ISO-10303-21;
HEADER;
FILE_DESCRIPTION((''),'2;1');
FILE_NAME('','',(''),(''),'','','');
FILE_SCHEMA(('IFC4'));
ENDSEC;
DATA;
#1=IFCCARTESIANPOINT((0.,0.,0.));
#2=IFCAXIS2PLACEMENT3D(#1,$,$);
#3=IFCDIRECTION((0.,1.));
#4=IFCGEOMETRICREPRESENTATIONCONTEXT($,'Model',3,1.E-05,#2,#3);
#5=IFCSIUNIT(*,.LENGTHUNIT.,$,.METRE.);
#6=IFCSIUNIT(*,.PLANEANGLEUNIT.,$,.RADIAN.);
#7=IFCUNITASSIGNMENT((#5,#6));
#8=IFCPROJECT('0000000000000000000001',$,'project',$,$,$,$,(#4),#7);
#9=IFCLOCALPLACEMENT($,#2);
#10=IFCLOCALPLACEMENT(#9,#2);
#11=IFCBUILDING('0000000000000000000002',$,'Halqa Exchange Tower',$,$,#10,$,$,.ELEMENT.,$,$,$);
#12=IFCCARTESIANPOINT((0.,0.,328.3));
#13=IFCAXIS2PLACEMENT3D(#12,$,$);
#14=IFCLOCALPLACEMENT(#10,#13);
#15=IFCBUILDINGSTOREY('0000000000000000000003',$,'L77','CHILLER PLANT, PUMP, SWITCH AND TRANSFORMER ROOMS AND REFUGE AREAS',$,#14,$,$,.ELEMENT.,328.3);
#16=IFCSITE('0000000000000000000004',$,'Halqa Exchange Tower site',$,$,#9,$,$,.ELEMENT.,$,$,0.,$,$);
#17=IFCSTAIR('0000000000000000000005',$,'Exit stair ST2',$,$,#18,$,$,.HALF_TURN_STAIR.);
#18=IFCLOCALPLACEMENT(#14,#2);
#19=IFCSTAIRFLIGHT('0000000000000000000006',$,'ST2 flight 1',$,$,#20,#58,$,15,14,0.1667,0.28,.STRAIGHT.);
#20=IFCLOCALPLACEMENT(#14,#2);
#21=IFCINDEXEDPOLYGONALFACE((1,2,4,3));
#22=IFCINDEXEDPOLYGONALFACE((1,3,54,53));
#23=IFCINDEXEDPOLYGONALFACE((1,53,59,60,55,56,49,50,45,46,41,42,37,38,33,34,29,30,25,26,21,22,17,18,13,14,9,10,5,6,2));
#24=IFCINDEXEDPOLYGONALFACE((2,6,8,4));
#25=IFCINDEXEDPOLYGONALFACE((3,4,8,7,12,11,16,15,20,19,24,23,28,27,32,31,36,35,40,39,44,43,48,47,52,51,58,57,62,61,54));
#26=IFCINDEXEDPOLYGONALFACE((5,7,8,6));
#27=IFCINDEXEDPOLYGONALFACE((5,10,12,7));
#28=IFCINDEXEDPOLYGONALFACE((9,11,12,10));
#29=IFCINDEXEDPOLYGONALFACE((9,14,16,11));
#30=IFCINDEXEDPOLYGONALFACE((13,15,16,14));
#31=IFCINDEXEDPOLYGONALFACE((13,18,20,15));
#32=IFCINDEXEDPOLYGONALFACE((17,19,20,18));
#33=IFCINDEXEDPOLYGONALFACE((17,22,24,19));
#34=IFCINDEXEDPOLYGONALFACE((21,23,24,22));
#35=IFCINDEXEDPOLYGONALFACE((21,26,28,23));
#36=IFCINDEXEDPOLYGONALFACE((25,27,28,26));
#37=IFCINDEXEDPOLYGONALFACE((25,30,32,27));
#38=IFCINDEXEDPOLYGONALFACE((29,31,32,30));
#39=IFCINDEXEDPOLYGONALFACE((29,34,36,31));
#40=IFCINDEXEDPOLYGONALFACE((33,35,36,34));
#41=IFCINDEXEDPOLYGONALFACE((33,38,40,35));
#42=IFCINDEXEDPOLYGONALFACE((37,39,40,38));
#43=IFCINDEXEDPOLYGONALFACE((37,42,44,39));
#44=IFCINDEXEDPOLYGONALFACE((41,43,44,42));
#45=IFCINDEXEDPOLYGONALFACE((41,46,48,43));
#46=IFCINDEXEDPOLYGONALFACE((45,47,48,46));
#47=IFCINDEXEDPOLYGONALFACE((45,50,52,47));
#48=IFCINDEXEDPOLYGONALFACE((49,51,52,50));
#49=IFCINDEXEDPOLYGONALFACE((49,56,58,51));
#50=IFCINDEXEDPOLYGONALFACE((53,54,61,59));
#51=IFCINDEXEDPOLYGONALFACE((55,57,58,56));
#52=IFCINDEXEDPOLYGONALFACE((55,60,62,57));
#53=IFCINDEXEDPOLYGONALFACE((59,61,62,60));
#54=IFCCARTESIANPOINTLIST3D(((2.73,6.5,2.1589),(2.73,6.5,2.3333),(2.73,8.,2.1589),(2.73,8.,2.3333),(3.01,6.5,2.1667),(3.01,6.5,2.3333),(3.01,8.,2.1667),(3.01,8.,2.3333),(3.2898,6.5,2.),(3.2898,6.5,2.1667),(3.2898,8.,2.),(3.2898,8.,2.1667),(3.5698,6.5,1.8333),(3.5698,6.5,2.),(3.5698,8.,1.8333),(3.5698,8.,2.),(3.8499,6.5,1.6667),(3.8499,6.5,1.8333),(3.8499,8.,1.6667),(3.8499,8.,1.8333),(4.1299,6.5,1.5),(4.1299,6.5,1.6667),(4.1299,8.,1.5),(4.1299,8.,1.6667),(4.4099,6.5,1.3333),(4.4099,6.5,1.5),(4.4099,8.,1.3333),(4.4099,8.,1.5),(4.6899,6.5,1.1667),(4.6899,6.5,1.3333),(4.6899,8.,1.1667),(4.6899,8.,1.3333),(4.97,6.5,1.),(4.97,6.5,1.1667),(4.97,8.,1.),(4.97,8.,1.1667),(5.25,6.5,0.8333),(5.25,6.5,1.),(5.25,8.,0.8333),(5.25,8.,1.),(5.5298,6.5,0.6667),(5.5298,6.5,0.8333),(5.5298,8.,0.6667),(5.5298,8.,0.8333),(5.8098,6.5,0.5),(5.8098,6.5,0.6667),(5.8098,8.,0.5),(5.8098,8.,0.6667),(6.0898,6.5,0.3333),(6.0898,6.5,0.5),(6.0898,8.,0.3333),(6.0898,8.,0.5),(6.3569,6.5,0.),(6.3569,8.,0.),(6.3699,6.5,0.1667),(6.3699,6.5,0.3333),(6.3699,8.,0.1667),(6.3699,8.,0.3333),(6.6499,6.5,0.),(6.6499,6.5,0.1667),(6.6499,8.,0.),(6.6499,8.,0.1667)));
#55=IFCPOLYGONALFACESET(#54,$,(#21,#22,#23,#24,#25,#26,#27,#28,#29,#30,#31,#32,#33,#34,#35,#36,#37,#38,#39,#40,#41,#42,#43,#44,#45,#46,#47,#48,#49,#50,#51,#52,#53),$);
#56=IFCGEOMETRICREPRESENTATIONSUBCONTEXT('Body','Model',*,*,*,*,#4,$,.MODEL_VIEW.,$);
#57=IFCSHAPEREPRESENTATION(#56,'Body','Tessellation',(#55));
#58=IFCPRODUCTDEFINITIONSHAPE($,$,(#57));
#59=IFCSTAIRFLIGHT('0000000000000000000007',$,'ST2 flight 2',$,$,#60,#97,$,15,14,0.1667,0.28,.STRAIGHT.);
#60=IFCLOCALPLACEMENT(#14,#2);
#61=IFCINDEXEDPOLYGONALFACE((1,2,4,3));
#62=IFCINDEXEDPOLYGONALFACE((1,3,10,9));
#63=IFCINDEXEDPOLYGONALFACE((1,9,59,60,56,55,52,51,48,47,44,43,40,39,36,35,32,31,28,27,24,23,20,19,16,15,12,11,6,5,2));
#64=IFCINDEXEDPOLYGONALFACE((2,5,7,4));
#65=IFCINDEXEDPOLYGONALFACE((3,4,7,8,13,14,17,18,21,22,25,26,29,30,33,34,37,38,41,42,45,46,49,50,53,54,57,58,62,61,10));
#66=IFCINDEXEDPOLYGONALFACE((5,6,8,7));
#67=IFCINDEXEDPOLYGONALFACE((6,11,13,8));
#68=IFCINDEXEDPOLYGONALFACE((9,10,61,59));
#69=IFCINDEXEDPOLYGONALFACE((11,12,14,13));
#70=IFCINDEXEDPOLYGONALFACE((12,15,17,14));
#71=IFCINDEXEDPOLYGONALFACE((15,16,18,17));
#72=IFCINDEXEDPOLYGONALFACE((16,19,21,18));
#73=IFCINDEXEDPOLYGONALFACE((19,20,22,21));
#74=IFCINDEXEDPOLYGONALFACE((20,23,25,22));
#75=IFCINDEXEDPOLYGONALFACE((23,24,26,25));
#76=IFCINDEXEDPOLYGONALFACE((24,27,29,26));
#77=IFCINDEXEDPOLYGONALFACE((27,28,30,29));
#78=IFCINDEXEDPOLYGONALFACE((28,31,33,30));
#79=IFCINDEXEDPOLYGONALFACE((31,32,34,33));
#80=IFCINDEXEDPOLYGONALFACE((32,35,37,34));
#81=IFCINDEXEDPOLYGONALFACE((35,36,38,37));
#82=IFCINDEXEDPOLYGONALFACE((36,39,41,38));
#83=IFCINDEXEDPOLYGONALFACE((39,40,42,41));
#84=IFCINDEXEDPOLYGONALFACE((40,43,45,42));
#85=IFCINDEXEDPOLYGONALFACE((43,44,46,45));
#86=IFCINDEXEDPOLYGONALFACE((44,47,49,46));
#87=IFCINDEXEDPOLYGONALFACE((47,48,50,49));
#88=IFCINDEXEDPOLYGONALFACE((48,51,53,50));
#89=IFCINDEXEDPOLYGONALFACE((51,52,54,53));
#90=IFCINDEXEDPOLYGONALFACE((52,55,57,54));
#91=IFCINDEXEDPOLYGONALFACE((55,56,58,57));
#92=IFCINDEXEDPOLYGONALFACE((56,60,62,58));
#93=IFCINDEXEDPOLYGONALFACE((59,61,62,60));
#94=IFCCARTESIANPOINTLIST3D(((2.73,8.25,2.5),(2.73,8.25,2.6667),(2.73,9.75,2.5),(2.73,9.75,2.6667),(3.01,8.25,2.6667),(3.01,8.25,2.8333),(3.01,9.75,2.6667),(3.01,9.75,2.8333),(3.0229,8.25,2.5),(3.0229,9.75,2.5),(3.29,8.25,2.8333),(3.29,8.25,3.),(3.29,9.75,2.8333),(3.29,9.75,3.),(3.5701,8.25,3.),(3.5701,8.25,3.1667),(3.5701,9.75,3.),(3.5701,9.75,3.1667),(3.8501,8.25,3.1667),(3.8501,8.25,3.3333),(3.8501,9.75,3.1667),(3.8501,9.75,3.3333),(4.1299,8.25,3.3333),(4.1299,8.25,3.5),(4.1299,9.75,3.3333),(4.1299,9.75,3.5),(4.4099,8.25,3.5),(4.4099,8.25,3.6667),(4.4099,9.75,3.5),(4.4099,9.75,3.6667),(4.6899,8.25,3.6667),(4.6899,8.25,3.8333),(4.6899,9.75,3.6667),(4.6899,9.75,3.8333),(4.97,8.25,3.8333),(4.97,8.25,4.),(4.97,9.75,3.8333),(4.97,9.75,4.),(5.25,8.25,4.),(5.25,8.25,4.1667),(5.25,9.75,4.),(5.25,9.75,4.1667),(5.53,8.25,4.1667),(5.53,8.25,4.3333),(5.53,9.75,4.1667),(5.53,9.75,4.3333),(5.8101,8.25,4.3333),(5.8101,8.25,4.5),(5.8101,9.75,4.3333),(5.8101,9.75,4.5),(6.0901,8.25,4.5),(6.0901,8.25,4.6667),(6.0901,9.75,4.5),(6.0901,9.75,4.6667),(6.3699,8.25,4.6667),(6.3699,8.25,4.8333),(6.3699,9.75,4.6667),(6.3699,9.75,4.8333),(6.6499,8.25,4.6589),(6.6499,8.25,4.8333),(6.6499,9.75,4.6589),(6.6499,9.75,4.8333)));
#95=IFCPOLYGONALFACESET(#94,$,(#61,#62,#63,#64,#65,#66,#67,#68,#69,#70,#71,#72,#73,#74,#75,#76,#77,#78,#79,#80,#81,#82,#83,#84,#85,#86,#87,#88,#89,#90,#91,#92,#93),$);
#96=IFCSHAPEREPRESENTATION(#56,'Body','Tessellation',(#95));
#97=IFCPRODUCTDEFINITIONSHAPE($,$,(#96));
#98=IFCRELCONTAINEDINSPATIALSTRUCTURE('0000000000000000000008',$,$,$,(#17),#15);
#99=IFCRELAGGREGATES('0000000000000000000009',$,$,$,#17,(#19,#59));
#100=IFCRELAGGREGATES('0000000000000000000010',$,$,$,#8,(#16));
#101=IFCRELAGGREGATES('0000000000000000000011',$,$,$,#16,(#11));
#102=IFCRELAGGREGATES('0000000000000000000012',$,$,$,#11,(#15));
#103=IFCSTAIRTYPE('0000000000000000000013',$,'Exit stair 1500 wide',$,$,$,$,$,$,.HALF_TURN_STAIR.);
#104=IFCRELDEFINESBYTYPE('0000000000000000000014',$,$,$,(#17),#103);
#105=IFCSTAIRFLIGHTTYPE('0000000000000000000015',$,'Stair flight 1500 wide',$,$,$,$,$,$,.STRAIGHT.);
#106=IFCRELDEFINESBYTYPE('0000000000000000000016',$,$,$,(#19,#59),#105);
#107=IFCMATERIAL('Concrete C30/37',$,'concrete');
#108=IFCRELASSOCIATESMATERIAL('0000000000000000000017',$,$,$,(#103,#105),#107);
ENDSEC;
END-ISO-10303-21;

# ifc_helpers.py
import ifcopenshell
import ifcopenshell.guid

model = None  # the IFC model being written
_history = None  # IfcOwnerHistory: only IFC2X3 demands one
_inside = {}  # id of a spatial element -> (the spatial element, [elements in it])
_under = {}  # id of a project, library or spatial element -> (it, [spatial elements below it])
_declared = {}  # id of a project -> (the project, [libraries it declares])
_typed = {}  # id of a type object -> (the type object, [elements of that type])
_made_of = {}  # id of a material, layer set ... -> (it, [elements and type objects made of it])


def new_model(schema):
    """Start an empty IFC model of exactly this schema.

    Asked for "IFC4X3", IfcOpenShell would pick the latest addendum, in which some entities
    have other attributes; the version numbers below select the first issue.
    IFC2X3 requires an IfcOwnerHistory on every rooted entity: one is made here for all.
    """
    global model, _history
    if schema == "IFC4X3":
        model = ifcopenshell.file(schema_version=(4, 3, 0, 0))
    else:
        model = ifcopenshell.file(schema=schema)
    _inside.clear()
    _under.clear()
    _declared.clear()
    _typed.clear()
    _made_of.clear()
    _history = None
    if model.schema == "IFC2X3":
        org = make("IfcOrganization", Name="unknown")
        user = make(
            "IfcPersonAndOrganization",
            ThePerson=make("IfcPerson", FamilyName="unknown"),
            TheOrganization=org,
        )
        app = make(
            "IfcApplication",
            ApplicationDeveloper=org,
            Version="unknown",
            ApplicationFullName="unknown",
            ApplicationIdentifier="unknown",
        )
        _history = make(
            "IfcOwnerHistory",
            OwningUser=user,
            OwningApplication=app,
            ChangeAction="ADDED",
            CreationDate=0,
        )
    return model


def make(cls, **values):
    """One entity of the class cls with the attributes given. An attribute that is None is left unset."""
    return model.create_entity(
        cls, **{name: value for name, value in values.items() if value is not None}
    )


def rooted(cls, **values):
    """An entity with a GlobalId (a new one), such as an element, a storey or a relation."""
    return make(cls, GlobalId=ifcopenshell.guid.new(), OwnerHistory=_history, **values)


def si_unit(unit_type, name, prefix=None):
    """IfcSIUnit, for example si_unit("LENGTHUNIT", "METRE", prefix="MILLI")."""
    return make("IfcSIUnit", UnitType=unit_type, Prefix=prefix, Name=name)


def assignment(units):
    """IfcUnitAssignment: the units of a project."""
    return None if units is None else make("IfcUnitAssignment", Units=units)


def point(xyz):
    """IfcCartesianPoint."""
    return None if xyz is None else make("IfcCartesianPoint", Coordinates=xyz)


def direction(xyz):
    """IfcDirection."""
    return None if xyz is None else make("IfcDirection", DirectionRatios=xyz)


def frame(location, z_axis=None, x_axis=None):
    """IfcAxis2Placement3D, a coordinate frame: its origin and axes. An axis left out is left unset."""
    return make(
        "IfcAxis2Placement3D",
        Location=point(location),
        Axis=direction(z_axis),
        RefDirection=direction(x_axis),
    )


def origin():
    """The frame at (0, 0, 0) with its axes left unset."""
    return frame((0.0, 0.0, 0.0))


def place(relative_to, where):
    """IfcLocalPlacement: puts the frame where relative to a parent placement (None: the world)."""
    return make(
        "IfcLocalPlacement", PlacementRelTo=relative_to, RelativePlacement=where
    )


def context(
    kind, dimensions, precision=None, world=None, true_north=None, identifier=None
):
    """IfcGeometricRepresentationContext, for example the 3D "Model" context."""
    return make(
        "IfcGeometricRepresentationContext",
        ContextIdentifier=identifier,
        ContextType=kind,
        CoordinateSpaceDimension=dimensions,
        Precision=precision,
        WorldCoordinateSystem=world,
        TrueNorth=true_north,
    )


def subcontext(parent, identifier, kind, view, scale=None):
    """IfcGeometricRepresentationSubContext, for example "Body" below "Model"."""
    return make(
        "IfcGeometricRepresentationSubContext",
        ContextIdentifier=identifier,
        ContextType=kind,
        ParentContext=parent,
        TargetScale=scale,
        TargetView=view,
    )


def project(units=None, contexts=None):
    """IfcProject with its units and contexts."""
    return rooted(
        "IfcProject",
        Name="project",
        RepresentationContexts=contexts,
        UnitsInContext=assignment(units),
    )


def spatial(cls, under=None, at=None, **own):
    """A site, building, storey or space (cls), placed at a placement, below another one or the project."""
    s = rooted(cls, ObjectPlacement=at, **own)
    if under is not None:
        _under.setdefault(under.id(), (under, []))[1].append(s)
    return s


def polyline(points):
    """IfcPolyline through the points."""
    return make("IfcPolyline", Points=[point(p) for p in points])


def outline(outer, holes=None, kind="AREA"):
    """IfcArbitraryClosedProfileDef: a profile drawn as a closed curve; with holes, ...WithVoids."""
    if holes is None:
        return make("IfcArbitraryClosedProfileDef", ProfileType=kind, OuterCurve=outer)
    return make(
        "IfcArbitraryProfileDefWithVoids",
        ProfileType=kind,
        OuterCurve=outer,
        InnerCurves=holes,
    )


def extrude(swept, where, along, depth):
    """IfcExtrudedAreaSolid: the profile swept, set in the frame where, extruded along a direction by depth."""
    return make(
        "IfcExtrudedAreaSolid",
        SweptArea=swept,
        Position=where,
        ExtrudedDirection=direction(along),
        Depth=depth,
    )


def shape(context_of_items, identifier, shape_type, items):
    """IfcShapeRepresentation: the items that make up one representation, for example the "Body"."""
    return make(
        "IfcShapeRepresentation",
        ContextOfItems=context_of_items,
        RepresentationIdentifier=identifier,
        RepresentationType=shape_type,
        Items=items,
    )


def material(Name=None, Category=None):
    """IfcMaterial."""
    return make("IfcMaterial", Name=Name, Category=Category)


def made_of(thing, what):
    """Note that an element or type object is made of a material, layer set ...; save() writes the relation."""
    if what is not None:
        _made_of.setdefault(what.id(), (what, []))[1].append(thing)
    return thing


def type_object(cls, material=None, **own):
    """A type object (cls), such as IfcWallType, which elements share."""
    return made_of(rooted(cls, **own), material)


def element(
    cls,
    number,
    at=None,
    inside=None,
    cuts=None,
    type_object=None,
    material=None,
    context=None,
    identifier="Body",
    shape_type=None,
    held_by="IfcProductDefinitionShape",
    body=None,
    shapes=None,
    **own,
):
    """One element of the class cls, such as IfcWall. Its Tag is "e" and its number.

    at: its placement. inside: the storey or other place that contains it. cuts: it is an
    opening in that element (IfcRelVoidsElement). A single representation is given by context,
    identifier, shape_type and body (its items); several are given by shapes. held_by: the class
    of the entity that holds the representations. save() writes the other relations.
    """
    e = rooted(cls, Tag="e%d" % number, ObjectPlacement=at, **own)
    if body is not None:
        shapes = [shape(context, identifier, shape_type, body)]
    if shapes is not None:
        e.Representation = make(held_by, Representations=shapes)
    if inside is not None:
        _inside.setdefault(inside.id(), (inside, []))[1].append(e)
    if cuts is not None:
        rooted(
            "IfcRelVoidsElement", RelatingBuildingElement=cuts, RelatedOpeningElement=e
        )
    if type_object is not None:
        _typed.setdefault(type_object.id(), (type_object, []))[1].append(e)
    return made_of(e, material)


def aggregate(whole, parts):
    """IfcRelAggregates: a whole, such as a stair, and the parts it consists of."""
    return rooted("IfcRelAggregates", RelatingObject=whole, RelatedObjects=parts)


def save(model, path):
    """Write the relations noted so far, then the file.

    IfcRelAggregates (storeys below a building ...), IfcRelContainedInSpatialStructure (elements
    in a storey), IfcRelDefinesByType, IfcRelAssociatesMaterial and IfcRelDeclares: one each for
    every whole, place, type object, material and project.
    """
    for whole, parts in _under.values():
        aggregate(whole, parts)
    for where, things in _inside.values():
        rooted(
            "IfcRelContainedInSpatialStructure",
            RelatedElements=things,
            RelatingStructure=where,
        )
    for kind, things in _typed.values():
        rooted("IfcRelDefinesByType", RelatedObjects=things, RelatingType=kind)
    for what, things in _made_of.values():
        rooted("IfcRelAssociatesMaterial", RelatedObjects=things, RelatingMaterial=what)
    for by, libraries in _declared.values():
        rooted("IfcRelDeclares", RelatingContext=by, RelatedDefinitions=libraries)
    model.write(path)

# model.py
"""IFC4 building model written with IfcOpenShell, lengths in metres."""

from ifc_helpers import new_model, si_unit, direction, frame, origin, place, context, subcontext, project, spatial, polyline, outline, extrude, material, type_object, element, aggregate, save


model = new_model("IFC4")

# Units and contexts
model_context = context("Model", 3, precision=1e-05, world=origin(), true_north=direction((0.0, 1.0)))
body_context = subcontext(model_context, "Body", "Model", "MODEL_VIEW")
ifc_project = project(units=[si_unit("LENGTHUNIT", "METRE"), si_unit("PLANEANGLEUNIT", "RADIAN")], contexts=[model_context])

# Site, building, storey
site_placement = place(None, origin())
site = spatial("IfcSite", under=ifc_project, at=site_placement, Name="Halqa Exchange Tower site", CompositionType="ELEMENT", RefElevation=0.0)
building_placement = place(site_placement, origin())
building = spatial("IfcBuilding", under=site, at=building_placement, Name="Halqa Exchange Tower", CompositionType="ELEMENT")
storey_placement = place(building_placement, frame((0.0, 0.0, 328.3)))
storey = spatial("IfcBuildingStorey", under=building, at=storey_placement, Name="L77", Description="CHILLER PLANT, PUMP, SWITCH AND TRANSFORMER ROOMS AND REFUGE AREAS", CompositionType="ELEMENT", Elevation=328.3)

# Stair
ifc_material_1 = material(Name="Concrete C30/37", Category="concrete")
stair_type = type_object("IfcStairType", Name="Exit stair 1500 wide", PredefinedType="HALF_TURN_STAIR", material=ifc_material_1)
stair_1_placement = place(storey_placement, origin())
stair_1 = element("IfcStair", 1, at=stair_1_placement, inside=storey, type_object=stair_type, Name="Exit stair ST2", PredefinedType="HALF_TURN_STAIR")

# Stair flights
stair_flight_type = type_object("IfcStairFlightType", Name="Stair flight 1500 wide", PredefinedType="STRAIGHT", material=ifc_material_1)
stair_flight_1_placement = place(storey_placement, frame((6.6499, 7.25, 0.0), z_axis=(0.0, 0.0, 1.0), x_axis=(-1.0, 0.0, 0.0)))
stair_flight_1 = element("IfcStairFlight", 2, at=stair_flight_1_placement, type_object=stair_flight_type, Name="ST2 flight 1", NumberOfRisers=15, NumberOfTreads=14, PredefinedType="STRAIGHT", RiserHeight=0.1667, TreadLength=0.28, context=body_context, shape_type="SweptSolid", body=[
    extrude(outline(polyline([(0.0, 0.0), (0.0, 0.1667), (0.28, 0.1667), (0.28, 0.3333), (0.5601, 0.3333), (0.5601, 0.5), (0.8401, 0.5), (0.8401, 0.6667), (1.1201, 0.6667), (1.1201, 0.8333), (1.3999, 0.8333), (1.3999, 1.0), (1.6799, 1.0), (1.6799, 1.1667), (1.96, 1.1667), (1.96, 1.3333), (2.24, 1.3333), (2.24, 1.5), (2.52, 1.5), (2.52, 1.6667), (2.8, 1.6667), (2.8, 1.8333), (3.0801, 1.8333), (3.0801, 2.0), (3.3601, 2.0), (3.3601, 2.1667), (3.6399, 2.1667), (3.6399, 2.3333), (3.9199, 2.3333), (3.9199, 2.5), (3.9199, 2.1589), (0.293, 0.0), (0.0, 0.0)])), frame((0.0, 0.75, 0.0), z_axis=(0.0, -1.0, 0.0), x_axis=(1.0, 0.0, 0.0)), (0.0, 0.0, 1.0), 1.5),
])
stair_flight_2_placement = place(storey_placement, frame((2.73, 9.0, 2.5), z_axis=(0.0, 0.0, 1.0), x_axis=(1.0, 0.0, 0.0)))
stair_flight_2 = element("IfcStairFlight", 3, at=stair_flight_2_placement, type_object=stair_flight_type, Name="ST2 flight 2", NumberOfRisers=15, NumberOfTreads=14, PredefinedType="STRAIGHT", RiserHeight=0.1667, TreadLength=0.28, context=body_context, shape_type="SweptSolid", body=[
    extrude(outline(polyline([(0.0, 0.0), (0.0, 0.1667), (0.28, 0.1667), (0.28, 0.3333), (0.5601, 0.3333), (0.5601, 0.5), (0.8401, 0.5), (0.8401, 0.6667), (1.1201, 0.6667), (1.1201, 0.8333), (1.3999, 0.8333), (1.3999, 1.0), (1.6799, 1.0), (1.6799, 1.1667), (1.96, 1.1667), (1.96, 1.3333), (2.24, 1.3333), (2.24, 1.5), (2.52, 1.5), (2.52, 1.6667), (2.8, 1.6667), (2.8, 1.8333), (3.0801, 1.8333), (3.0801, 2.0), (3.3601, 2.0), (3.3601, 2.1667), (3.6399, 2.1667), (3.6399, 2.3333), (3.9199, 2.3333), (3.9199, 2.5), (3.9199, 2.1589), (0.293, 0.0), (0.0, 0.0)])), frame((0.0, 0.75, 0.0), z_axis=(0.0, -1.0, 0.0), x_axis=(1.0, 0.0, 0.0)), (0.0, 0.0, 1.0), 1.5),
])
aggregate(stair_1, [stair_flight_1, stair_flight_2])

save(model, "model.ifc")
